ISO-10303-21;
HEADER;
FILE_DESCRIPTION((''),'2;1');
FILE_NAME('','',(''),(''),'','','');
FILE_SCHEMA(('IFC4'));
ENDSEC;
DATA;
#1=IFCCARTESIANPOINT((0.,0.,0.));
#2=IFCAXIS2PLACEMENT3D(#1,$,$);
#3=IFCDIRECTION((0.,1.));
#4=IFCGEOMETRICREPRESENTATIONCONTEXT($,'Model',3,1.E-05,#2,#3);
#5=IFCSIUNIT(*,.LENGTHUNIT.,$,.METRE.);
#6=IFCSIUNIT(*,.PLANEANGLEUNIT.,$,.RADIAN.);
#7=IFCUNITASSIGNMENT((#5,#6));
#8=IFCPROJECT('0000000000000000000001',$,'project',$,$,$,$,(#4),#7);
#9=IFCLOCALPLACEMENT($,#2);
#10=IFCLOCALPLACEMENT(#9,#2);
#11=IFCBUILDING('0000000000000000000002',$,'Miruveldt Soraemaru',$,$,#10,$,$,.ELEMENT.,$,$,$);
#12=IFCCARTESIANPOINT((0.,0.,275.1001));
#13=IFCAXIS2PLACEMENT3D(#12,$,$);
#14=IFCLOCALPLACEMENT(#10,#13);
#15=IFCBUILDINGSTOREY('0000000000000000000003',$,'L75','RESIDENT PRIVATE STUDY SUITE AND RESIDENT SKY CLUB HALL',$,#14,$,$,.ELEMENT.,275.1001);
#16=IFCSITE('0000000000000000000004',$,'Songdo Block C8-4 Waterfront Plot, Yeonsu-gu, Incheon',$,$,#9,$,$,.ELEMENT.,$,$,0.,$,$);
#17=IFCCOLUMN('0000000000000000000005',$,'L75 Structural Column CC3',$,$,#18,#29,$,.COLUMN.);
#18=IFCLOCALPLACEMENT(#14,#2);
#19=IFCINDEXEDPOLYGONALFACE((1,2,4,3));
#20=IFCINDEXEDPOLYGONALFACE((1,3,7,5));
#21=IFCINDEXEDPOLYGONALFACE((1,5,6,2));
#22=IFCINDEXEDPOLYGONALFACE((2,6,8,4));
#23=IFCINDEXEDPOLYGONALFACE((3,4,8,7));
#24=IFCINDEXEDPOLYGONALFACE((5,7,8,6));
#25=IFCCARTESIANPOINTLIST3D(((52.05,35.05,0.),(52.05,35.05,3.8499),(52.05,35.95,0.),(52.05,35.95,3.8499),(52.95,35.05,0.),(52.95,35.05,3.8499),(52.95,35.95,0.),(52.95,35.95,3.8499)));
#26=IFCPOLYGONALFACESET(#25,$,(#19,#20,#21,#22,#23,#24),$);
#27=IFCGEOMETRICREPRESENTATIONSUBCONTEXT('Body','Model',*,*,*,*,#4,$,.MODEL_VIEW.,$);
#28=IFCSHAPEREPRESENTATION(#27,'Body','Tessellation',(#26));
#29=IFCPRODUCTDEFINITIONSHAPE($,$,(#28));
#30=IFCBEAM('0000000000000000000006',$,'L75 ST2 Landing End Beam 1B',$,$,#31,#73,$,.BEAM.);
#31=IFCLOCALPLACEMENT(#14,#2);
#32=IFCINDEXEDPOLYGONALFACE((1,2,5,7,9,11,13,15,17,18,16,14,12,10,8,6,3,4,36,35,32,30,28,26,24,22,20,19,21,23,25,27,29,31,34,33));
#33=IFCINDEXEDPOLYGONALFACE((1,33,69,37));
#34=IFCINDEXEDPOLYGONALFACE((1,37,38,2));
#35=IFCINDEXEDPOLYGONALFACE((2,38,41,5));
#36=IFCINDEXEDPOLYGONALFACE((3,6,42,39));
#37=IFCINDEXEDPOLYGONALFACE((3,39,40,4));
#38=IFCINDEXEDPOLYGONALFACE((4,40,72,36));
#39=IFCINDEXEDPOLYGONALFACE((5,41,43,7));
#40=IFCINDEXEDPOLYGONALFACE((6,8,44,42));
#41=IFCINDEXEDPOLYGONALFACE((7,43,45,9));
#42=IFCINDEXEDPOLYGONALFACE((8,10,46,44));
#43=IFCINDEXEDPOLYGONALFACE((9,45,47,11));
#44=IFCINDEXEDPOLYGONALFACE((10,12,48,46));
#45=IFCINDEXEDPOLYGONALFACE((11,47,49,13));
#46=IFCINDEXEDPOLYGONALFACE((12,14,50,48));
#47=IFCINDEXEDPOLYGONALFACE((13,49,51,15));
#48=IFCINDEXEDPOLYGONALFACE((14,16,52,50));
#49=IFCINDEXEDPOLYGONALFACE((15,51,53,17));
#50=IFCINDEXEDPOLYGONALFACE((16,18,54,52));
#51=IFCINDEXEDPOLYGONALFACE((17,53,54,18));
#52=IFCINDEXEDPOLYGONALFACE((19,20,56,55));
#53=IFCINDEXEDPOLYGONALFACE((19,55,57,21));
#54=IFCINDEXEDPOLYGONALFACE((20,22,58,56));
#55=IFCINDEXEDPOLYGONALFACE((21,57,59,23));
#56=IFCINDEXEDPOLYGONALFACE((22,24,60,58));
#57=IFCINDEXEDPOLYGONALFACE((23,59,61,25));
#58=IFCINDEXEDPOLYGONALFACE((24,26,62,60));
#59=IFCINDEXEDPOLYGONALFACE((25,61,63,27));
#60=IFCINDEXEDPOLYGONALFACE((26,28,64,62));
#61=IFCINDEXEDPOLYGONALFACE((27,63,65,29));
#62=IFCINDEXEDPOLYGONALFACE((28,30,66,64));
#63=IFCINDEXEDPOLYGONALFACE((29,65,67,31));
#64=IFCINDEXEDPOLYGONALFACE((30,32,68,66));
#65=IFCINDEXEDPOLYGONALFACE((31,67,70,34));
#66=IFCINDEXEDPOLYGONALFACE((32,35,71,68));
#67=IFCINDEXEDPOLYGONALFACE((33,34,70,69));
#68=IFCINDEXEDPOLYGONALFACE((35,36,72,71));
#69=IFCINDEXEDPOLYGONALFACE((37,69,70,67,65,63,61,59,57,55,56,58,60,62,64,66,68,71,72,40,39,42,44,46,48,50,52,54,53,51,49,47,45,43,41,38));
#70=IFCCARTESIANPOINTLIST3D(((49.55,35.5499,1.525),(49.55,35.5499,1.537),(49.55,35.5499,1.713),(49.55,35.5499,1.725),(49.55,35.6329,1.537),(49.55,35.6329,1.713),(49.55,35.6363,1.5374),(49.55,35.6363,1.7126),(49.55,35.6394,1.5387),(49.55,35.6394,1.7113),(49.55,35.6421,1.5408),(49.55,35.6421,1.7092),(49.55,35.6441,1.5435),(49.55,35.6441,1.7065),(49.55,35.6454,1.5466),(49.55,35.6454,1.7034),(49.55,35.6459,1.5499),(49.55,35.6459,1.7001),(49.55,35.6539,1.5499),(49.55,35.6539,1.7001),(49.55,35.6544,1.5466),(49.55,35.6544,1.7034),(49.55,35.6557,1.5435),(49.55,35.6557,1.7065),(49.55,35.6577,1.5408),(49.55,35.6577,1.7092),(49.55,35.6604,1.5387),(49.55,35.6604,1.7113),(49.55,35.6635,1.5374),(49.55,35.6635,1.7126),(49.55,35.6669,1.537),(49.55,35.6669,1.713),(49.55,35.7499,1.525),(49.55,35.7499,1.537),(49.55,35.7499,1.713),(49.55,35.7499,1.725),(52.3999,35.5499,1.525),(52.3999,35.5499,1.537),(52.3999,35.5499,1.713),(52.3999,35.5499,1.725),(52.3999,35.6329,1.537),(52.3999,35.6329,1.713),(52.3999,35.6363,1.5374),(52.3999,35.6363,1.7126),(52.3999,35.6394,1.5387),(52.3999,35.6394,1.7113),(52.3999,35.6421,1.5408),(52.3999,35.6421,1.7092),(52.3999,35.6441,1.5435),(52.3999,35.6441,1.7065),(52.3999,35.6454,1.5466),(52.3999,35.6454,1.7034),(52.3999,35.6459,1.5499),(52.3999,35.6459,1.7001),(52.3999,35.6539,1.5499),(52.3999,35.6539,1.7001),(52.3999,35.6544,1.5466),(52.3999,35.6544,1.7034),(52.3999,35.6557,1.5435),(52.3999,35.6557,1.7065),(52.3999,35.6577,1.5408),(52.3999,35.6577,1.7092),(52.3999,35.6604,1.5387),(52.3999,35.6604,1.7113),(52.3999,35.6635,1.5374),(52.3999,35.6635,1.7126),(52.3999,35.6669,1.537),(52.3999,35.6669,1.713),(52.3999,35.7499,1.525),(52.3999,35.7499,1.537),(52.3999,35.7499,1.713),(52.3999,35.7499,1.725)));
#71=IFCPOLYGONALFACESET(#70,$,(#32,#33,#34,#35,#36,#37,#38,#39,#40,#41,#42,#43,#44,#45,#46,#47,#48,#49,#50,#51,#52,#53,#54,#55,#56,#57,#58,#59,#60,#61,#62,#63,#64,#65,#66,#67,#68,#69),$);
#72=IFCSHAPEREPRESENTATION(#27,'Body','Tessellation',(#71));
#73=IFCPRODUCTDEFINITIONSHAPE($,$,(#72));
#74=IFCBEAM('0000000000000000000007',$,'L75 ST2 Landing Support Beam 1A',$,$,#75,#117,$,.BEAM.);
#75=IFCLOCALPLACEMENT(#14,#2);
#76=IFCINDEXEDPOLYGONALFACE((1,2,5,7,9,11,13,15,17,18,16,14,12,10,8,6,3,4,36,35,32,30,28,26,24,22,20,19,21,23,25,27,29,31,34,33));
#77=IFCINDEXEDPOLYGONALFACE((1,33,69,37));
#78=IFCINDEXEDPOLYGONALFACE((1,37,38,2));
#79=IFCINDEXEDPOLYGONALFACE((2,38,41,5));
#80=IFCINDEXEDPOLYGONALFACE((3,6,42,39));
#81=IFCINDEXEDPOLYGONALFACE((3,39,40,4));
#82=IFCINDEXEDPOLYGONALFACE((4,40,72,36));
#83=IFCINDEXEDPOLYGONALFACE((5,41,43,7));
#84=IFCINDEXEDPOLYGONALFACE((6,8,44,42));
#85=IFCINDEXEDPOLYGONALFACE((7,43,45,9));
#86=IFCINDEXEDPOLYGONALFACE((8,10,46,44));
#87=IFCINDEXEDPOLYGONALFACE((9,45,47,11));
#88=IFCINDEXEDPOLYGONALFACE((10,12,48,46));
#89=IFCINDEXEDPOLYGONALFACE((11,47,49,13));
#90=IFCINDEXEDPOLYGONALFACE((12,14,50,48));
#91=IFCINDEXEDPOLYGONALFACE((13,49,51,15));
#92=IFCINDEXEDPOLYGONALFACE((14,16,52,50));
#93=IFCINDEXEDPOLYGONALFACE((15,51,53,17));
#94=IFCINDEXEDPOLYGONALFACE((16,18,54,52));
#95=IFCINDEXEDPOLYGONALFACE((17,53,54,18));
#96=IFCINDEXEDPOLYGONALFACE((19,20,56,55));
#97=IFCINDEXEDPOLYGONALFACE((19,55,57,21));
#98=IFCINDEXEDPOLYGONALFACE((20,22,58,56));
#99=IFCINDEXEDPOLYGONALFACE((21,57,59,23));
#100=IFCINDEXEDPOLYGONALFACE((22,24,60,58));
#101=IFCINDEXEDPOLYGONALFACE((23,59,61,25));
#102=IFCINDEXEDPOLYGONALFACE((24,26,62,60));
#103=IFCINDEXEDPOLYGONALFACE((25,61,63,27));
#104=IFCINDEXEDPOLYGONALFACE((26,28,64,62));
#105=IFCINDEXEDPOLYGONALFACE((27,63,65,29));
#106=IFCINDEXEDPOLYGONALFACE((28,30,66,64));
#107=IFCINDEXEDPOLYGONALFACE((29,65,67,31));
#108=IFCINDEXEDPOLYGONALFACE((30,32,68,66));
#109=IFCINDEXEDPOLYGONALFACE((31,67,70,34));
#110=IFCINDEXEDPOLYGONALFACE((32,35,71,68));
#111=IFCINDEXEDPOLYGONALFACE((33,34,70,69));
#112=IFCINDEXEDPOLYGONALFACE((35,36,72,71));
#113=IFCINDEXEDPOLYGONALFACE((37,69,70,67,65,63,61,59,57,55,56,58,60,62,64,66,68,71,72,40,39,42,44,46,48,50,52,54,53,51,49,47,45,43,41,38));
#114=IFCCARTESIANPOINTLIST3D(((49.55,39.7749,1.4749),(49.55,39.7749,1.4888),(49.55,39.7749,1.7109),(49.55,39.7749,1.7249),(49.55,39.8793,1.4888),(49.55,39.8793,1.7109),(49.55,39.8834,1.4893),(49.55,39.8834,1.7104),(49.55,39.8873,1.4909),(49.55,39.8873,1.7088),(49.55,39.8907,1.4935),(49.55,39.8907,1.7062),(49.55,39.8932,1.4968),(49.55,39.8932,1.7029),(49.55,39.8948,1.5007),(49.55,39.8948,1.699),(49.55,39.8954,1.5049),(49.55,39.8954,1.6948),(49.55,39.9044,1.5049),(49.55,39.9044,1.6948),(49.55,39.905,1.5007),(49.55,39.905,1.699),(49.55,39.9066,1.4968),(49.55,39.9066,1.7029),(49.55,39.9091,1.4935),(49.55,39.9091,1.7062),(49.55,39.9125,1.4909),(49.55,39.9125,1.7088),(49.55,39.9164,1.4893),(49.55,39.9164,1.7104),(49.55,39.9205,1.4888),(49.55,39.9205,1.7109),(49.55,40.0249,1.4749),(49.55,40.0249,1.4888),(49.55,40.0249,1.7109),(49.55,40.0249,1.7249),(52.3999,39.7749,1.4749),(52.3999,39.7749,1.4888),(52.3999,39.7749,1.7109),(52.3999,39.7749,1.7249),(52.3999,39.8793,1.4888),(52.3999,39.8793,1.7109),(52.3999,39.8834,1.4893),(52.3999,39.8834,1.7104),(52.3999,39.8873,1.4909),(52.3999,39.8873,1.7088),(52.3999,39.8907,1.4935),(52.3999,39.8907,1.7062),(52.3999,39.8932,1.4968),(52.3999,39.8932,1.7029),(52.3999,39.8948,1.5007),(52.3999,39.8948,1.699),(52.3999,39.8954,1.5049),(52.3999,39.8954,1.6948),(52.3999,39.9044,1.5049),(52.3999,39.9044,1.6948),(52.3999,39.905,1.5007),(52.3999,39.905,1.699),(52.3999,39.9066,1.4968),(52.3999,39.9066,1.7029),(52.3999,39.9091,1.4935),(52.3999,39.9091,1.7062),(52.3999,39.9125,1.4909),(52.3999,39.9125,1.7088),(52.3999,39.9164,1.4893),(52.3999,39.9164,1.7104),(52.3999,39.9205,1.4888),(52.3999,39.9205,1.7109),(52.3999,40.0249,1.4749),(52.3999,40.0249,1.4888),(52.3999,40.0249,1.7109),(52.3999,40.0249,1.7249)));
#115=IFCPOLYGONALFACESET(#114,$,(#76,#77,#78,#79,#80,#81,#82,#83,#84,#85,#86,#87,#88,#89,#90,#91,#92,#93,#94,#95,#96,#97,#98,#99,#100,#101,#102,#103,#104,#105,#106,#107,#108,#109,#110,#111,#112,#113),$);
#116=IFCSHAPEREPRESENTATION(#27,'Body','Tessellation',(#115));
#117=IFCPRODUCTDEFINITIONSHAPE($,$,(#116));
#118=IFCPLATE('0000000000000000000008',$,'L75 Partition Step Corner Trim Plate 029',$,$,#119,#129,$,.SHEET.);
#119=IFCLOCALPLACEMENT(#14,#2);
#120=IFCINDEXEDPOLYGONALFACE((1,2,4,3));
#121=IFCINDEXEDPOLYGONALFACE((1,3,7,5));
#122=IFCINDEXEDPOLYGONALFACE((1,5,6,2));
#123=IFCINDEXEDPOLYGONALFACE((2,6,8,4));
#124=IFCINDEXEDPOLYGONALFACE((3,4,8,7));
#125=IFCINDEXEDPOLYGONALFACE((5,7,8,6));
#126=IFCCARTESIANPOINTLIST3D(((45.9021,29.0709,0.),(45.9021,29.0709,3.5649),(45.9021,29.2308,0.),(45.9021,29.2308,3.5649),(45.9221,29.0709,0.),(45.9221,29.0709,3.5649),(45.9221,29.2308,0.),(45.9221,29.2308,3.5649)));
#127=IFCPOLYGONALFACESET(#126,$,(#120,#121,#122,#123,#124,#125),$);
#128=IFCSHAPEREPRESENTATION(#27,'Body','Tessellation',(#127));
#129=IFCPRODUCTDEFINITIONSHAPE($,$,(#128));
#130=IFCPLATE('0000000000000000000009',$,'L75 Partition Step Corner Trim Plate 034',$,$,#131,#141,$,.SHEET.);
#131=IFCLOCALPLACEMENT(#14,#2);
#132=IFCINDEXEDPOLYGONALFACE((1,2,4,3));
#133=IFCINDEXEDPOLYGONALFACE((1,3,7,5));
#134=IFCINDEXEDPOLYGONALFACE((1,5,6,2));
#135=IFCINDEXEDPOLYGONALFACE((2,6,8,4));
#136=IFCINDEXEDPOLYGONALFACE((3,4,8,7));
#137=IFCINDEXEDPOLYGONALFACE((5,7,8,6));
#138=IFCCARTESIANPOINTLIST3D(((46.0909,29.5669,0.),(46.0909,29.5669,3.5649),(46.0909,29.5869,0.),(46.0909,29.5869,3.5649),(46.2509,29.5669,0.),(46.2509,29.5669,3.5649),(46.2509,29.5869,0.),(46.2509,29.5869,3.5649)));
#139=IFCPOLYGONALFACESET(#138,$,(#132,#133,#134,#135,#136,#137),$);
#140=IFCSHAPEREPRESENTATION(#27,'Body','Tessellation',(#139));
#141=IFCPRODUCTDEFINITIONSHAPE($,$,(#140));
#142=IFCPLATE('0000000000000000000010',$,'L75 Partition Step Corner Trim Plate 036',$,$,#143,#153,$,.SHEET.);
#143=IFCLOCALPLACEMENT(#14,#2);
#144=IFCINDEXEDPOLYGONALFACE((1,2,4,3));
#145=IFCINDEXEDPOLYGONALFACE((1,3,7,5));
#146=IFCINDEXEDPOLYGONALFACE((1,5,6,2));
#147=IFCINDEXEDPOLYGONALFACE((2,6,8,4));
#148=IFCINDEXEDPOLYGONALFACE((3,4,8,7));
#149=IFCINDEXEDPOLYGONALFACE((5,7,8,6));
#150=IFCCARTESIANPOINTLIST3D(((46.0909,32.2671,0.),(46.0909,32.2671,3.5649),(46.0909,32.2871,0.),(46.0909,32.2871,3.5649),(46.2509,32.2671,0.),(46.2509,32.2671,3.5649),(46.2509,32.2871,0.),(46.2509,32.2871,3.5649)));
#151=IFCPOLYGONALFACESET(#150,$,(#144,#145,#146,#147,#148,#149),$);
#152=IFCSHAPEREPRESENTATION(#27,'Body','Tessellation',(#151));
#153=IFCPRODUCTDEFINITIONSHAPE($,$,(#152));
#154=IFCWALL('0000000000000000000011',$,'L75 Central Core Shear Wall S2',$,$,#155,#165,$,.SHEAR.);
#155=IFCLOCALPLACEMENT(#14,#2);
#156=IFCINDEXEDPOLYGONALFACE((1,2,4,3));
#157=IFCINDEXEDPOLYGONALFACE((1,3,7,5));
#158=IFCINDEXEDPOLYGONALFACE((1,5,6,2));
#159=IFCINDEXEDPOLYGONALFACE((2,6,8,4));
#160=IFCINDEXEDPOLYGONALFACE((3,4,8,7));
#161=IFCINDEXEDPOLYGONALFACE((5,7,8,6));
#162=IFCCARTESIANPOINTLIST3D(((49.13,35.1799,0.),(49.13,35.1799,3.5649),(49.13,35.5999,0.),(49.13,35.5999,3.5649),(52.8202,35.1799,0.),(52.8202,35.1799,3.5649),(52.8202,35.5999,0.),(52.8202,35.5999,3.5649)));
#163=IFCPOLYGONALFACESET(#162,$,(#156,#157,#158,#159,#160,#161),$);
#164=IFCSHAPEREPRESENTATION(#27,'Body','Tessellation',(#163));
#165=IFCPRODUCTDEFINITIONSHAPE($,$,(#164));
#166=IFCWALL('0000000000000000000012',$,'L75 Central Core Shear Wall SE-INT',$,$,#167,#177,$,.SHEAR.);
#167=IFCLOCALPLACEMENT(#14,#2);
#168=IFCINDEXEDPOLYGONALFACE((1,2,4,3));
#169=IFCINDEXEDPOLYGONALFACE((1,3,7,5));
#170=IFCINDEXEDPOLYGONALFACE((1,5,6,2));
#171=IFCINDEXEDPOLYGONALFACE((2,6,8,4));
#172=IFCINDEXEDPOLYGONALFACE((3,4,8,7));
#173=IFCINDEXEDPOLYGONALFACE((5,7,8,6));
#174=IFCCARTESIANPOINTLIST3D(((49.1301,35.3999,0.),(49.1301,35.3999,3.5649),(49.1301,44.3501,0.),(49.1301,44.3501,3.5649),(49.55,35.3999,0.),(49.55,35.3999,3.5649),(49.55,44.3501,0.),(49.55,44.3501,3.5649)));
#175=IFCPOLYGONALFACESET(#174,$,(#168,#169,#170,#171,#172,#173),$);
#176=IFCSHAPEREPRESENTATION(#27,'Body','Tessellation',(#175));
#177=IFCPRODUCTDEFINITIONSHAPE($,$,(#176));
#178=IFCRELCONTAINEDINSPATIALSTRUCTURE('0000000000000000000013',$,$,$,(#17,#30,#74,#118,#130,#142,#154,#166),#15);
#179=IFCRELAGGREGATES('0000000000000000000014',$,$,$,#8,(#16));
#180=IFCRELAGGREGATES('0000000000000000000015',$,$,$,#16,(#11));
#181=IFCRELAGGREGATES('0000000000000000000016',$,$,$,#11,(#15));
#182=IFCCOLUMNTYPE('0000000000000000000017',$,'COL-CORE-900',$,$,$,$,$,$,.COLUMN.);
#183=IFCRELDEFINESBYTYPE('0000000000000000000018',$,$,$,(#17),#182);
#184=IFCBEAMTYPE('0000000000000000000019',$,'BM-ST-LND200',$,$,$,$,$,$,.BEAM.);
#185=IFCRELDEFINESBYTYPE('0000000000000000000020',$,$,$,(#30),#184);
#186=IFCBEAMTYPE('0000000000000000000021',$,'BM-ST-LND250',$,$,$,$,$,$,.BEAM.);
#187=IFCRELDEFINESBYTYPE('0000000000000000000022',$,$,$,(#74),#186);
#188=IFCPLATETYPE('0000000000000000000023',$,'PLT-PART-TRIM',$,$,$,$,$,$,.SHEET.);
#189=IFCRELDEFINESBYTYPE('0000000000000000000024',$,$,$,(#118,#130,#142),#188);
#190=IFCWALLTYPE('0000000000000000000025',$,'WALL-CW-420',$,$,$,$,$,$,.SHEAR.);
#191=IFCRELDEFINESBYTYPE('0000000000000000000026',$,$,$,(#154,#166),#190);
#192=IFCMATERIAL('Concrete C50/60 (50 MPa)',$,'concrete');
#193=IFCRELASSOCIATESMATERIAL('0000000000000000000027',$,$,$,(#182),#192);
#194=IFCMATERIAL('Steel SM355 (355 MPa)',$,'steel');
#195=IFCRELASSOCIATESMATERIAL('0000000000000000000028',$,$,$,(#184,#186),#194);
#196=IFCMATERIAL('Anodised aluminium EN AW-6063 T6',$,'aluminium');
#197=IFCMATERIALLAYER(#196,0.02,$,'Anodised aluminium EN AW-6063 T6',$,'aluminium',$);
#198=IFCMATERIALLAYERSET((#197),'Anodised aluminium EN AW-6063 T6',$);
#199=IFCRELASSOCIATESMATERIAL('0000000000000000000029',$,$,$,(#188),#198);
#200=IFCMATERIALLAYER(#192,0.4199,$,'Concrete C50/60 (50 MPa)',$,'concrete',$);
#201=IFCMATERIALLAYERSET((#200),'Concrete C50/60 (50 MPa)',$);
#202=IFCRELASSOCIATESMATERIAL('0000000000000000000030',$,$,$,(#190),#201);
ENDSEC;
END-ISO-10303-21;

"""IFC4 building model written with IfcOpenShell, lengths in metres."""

from ifc_helpers import new_model, si_unit, direction, frame, frame_2d, origin, origin_2d, place, context, subcontext, project, spatial, rectangle, i_section, extrude, material, layer, layer_set, material_profile, profile_set, type_object, element, save


model = new_model("IFC4")

# Units and contexts
model_context = context("Model", 3, precision=1e-05, world=origin(), true_north=direction((0.0, 1.0)))
body_context = subcontext(model_context, "Body", "Model", "MODEL_VIEW")
ifc_project = project(units=[si_unit("LENGTHUNIT", "METRE"), si_unit("PLANEANGLEUNIT", "RADIAN")], contexts=[model_context])

# Site, building, storey
site_placement = place(None, origin())
site = spatial("IfcSite", under=ifc_project, at=site_placement, Name="Songdo Block C8-4 Waterfront Plot, Yeonsu-gu, Incheon", CompositionType="ELEMENT", RefElevation=0.0)
building_placement = place(site_placement, origin())
building = spatial("IfcBuilding", under=site, at=building_placement, Name="Miruveldt Soraemaru", CompositionType="ELEMENT")
storey_placement = place(building_placement, frame((0.0, 0.0, 275.1001)))
storey = spatial("IfcBuildingStorey", under=building, at=storey_placement, Name="L75", Description="RESIDENT PRIVATE STUDY SUITE AND RESIDENT SKY CLUB HALL", CompositionType="ELEMENT", Elevation=275.1001)

# Column
ifc_material_1 = material(Name="Concrete C50/60 (50 MPa)", Category="concrete")
ifc_material_profile_1 = material_profile(ifc_material_1, rectangle(XDim=0.8999, YDim=0.8999, at=origin_2d()), Name="Concrete C50/60 (50 MPa)", Category="concrete")
ifc_profile_set_1 = profile_set([ifc_material_profile_1], Name="Concrete C50/60 (50 MPa)")
column_type = type_object("IfcColumnType", Name="COL-CORE-900", PredefinedType="COLUMN", material=ifc_profile_set_1)
column_placement = place(storey_placement, frame((52.5, 35.5, 0.0), z_axis=(0.0, 0.0, 1.0), x_axis=(1.0, 0.0, 0.0)))
element("IfcColumn", 1, at=column_placement, inside=storey, type_object=column_type, Name="L75 Structural Column CC3", PredefinedType="COLUMN", context=body_context, shape_type="SweptSolid", body=[
    extrude(rectangle(XDim=0.8999, YDim=0.8999, at=origin_2d()), origin(), (0.0, 0.0, 1.0), 3.8499),
])

# Beams
ifc_material_2 = material(Name="Steel SM355 (355 MPa)", Category="steel")
ifc_material_profile_2 = material_profile(ifc_material_2, i_section(OverallWidth=0.2, OverallDepth=0.2, WebThickness=0.0081, FlangeThickness=0.012, FilletRadius=0.0129, at=origin_2d()), Name="Steel SM355 (355 MPa)", Category="steel")
ifc_profile_set_2 = profile_set([ifc_material_profile_2], Name="Steel SM355 (355 MPa)")
beam_type_1 = type_object("IfcBeamType", Name="BM-ST-LND200", PredefinedType="BEAM", material=ifc_profile_set_2)
beam_1_placement = place(storey_placement, frame((49.55, 35.6499, 1.625), z_axis=(1.0, 0.0, 0.0), x_axis=(0.0, 1.0, 0.0)))
element("IfcBeam", 2, at=beam_1_placement, inside=storey, type_object=beam_type_1, Name="L75 ST2 Landing End Beam 1B", PredefinedType="BEAM", context=body_context, shape_type="SweptSolid", body=[
    extrude(i_section(OverallWidth=0.2, OverallDepth=0.2, WebThickness=0.0081, FlangeThickness=0.012, FilletRadius=0.0129, at=origin_2d()), origin(), (0.0, 0.0, 1.0), 2.8499),
])
ifc_material_profile_3 = material_profile(ifc_material_2, i_section(OverallWidth=0.25, OverallDepth=0.25, WebThickness=0.009, FlangeThickness=0.0139, FilletRadius=0.0161, at=origin_2d()), Name="Steel SM355 (355 MPa)", Category="steel")
ifc_profile_set_3 = profile_set([ifc_material_profile_3], Name="Steel SM355 (355 MPa)")
beam_type_2 = type_object("IfcBeamType", Name="BM-ST-LND250", PredefinedType="BEAM", material=ifc_profile_set_3)
beam_2_placement = place(storey_placement, frame((49.55, 39.8999, 1.5999), z_axis=(1.0, 0.0, 0.0), x_axis=(0.0, 1.0, 0.0)))
element("IfcBeam", 3, at=beam_2_placement, inside=storey, type_object=beam_type_2, Name="L75 ST2 Landing Support Beam 1A", PredefinedType="BEAM", context=body_context, shape_type="SweptSolid", body=[
    extrude(i_section(OverallWidth=0.25, OverallDepth=0.25, WebThickness=0.009, FlangeThickness=0.0139, FilletRadius=0.0161, at=origin_2d()), origin(), (0.0, 0.0, 1.0), 2.8499),
])

# Plates
ifc_material_3 = material(Name="Anodised aluminium EN AW-6063 T6", Category="aluminium")
ifc_layer_1 = layer(ifc_material_3, 0.02, Name="Anodised aluminium EN AW-6063 T6", Category="aluminium")
ifc_layer_set_1 = layer_set([ifc_layer_1], Name="Anodised aluminium EN AW-6063 T6")
plate_type = type_object("IfcPlateType", Name="PLT-PART-TRIM", PredefinedType="SHEET", material=ifc_layer_set_1)
for number, where, z_axis, x_axis, name in (
    (4, (45.9121, 29.1509, 0.0), (0.0, 0.0, 1.0), (0.0, 1.0, 0.0), "L75 Partition Step Corner Trim Plate 029"),
    (5, (46.1709, 29.5769, 0.0), (0.0, 0.0, 1.0), (1.0, 0.0, 0.0), "L75 Partition Step Corner Trim Plate 034"),
    (6, (46.1709, 32.2771, 0.0), (0.0, 0.0, 1.0), (-1.0, 0.0, 0.0), "L75 Partition Step Corner Trim Plate 036"),
):
    element("IfcPlate", number, at=place(storey_placement, frame(where, z_axis=z_axis, x_axis=x_axis)), inside=storey, type_object=plate_type, Name=name, PredefinedType="SHEET", context=body_context, shape_type="SweptSolid", body=[
        extrude(rectangle(XDim=0.1599, YDim=0.02, at=origin_2d()), origin(), (0.0, 0.0, 1.0), 3.5649),
    ])

# Walls
ifc_layer_2 = layer(ifc_material_1, 0.4199, Name="Concrete C50/60 (50 MPa)", Category="concrete")
ifc_layer_set_2 = layer_set([ifc_layer_2], Name="Concrete C50/60 (50 MPa)")
wall_type_1 = type_object("IfcWallType", Name="WALL-CW-420", PredefinedType="SHEAR", material=ifc_layer_set_2)
wall_1_placement = place(storey_placement, frame((49.1299, 35.3899, 0.0), z_axis=(0.0, 0.0, 1.0), x_axis=(1.0, 0.0, 0.0)))
element("IfcWall", 7, at=wall_1_placement, inside=storey, type_object=wall_type_1, Name="L75 Central Core Shear Wall S2", PredefinedType="SHEAR", context=body_context, shape_type="SweptSolid", body=[
    extrude(rectangle(XDim=3.6902, YDim=0.4199, at=frame_2d((1.8452, 0.0))), origin(), (0.0, 0.0, 1.0), 3.5649),
])
wall_2_placement = place(storey_placement, frame((49.3401, 35.3999, 0.0), z_axis=(0.0, 0.0, 1.0), x_axis=(0.0, 1.0, 0.0)))
element("IfcWall", 8, at=wall_2_placement, inside=storey, type_object=wall_type_1, Name="L75 Central Core Shear Wall SE-INT", PredefinedType="SHEAR", context=body_context, shape_type="SweptSolid", body=[
    extrude(rectangle(XDim=8.9502, YDim=0.4199, at=frame_2d((4.4751, 0.0))), origin(), (0.0, 0.0, 1.0), 3.5649),
])

save(model, "model.ifc")
